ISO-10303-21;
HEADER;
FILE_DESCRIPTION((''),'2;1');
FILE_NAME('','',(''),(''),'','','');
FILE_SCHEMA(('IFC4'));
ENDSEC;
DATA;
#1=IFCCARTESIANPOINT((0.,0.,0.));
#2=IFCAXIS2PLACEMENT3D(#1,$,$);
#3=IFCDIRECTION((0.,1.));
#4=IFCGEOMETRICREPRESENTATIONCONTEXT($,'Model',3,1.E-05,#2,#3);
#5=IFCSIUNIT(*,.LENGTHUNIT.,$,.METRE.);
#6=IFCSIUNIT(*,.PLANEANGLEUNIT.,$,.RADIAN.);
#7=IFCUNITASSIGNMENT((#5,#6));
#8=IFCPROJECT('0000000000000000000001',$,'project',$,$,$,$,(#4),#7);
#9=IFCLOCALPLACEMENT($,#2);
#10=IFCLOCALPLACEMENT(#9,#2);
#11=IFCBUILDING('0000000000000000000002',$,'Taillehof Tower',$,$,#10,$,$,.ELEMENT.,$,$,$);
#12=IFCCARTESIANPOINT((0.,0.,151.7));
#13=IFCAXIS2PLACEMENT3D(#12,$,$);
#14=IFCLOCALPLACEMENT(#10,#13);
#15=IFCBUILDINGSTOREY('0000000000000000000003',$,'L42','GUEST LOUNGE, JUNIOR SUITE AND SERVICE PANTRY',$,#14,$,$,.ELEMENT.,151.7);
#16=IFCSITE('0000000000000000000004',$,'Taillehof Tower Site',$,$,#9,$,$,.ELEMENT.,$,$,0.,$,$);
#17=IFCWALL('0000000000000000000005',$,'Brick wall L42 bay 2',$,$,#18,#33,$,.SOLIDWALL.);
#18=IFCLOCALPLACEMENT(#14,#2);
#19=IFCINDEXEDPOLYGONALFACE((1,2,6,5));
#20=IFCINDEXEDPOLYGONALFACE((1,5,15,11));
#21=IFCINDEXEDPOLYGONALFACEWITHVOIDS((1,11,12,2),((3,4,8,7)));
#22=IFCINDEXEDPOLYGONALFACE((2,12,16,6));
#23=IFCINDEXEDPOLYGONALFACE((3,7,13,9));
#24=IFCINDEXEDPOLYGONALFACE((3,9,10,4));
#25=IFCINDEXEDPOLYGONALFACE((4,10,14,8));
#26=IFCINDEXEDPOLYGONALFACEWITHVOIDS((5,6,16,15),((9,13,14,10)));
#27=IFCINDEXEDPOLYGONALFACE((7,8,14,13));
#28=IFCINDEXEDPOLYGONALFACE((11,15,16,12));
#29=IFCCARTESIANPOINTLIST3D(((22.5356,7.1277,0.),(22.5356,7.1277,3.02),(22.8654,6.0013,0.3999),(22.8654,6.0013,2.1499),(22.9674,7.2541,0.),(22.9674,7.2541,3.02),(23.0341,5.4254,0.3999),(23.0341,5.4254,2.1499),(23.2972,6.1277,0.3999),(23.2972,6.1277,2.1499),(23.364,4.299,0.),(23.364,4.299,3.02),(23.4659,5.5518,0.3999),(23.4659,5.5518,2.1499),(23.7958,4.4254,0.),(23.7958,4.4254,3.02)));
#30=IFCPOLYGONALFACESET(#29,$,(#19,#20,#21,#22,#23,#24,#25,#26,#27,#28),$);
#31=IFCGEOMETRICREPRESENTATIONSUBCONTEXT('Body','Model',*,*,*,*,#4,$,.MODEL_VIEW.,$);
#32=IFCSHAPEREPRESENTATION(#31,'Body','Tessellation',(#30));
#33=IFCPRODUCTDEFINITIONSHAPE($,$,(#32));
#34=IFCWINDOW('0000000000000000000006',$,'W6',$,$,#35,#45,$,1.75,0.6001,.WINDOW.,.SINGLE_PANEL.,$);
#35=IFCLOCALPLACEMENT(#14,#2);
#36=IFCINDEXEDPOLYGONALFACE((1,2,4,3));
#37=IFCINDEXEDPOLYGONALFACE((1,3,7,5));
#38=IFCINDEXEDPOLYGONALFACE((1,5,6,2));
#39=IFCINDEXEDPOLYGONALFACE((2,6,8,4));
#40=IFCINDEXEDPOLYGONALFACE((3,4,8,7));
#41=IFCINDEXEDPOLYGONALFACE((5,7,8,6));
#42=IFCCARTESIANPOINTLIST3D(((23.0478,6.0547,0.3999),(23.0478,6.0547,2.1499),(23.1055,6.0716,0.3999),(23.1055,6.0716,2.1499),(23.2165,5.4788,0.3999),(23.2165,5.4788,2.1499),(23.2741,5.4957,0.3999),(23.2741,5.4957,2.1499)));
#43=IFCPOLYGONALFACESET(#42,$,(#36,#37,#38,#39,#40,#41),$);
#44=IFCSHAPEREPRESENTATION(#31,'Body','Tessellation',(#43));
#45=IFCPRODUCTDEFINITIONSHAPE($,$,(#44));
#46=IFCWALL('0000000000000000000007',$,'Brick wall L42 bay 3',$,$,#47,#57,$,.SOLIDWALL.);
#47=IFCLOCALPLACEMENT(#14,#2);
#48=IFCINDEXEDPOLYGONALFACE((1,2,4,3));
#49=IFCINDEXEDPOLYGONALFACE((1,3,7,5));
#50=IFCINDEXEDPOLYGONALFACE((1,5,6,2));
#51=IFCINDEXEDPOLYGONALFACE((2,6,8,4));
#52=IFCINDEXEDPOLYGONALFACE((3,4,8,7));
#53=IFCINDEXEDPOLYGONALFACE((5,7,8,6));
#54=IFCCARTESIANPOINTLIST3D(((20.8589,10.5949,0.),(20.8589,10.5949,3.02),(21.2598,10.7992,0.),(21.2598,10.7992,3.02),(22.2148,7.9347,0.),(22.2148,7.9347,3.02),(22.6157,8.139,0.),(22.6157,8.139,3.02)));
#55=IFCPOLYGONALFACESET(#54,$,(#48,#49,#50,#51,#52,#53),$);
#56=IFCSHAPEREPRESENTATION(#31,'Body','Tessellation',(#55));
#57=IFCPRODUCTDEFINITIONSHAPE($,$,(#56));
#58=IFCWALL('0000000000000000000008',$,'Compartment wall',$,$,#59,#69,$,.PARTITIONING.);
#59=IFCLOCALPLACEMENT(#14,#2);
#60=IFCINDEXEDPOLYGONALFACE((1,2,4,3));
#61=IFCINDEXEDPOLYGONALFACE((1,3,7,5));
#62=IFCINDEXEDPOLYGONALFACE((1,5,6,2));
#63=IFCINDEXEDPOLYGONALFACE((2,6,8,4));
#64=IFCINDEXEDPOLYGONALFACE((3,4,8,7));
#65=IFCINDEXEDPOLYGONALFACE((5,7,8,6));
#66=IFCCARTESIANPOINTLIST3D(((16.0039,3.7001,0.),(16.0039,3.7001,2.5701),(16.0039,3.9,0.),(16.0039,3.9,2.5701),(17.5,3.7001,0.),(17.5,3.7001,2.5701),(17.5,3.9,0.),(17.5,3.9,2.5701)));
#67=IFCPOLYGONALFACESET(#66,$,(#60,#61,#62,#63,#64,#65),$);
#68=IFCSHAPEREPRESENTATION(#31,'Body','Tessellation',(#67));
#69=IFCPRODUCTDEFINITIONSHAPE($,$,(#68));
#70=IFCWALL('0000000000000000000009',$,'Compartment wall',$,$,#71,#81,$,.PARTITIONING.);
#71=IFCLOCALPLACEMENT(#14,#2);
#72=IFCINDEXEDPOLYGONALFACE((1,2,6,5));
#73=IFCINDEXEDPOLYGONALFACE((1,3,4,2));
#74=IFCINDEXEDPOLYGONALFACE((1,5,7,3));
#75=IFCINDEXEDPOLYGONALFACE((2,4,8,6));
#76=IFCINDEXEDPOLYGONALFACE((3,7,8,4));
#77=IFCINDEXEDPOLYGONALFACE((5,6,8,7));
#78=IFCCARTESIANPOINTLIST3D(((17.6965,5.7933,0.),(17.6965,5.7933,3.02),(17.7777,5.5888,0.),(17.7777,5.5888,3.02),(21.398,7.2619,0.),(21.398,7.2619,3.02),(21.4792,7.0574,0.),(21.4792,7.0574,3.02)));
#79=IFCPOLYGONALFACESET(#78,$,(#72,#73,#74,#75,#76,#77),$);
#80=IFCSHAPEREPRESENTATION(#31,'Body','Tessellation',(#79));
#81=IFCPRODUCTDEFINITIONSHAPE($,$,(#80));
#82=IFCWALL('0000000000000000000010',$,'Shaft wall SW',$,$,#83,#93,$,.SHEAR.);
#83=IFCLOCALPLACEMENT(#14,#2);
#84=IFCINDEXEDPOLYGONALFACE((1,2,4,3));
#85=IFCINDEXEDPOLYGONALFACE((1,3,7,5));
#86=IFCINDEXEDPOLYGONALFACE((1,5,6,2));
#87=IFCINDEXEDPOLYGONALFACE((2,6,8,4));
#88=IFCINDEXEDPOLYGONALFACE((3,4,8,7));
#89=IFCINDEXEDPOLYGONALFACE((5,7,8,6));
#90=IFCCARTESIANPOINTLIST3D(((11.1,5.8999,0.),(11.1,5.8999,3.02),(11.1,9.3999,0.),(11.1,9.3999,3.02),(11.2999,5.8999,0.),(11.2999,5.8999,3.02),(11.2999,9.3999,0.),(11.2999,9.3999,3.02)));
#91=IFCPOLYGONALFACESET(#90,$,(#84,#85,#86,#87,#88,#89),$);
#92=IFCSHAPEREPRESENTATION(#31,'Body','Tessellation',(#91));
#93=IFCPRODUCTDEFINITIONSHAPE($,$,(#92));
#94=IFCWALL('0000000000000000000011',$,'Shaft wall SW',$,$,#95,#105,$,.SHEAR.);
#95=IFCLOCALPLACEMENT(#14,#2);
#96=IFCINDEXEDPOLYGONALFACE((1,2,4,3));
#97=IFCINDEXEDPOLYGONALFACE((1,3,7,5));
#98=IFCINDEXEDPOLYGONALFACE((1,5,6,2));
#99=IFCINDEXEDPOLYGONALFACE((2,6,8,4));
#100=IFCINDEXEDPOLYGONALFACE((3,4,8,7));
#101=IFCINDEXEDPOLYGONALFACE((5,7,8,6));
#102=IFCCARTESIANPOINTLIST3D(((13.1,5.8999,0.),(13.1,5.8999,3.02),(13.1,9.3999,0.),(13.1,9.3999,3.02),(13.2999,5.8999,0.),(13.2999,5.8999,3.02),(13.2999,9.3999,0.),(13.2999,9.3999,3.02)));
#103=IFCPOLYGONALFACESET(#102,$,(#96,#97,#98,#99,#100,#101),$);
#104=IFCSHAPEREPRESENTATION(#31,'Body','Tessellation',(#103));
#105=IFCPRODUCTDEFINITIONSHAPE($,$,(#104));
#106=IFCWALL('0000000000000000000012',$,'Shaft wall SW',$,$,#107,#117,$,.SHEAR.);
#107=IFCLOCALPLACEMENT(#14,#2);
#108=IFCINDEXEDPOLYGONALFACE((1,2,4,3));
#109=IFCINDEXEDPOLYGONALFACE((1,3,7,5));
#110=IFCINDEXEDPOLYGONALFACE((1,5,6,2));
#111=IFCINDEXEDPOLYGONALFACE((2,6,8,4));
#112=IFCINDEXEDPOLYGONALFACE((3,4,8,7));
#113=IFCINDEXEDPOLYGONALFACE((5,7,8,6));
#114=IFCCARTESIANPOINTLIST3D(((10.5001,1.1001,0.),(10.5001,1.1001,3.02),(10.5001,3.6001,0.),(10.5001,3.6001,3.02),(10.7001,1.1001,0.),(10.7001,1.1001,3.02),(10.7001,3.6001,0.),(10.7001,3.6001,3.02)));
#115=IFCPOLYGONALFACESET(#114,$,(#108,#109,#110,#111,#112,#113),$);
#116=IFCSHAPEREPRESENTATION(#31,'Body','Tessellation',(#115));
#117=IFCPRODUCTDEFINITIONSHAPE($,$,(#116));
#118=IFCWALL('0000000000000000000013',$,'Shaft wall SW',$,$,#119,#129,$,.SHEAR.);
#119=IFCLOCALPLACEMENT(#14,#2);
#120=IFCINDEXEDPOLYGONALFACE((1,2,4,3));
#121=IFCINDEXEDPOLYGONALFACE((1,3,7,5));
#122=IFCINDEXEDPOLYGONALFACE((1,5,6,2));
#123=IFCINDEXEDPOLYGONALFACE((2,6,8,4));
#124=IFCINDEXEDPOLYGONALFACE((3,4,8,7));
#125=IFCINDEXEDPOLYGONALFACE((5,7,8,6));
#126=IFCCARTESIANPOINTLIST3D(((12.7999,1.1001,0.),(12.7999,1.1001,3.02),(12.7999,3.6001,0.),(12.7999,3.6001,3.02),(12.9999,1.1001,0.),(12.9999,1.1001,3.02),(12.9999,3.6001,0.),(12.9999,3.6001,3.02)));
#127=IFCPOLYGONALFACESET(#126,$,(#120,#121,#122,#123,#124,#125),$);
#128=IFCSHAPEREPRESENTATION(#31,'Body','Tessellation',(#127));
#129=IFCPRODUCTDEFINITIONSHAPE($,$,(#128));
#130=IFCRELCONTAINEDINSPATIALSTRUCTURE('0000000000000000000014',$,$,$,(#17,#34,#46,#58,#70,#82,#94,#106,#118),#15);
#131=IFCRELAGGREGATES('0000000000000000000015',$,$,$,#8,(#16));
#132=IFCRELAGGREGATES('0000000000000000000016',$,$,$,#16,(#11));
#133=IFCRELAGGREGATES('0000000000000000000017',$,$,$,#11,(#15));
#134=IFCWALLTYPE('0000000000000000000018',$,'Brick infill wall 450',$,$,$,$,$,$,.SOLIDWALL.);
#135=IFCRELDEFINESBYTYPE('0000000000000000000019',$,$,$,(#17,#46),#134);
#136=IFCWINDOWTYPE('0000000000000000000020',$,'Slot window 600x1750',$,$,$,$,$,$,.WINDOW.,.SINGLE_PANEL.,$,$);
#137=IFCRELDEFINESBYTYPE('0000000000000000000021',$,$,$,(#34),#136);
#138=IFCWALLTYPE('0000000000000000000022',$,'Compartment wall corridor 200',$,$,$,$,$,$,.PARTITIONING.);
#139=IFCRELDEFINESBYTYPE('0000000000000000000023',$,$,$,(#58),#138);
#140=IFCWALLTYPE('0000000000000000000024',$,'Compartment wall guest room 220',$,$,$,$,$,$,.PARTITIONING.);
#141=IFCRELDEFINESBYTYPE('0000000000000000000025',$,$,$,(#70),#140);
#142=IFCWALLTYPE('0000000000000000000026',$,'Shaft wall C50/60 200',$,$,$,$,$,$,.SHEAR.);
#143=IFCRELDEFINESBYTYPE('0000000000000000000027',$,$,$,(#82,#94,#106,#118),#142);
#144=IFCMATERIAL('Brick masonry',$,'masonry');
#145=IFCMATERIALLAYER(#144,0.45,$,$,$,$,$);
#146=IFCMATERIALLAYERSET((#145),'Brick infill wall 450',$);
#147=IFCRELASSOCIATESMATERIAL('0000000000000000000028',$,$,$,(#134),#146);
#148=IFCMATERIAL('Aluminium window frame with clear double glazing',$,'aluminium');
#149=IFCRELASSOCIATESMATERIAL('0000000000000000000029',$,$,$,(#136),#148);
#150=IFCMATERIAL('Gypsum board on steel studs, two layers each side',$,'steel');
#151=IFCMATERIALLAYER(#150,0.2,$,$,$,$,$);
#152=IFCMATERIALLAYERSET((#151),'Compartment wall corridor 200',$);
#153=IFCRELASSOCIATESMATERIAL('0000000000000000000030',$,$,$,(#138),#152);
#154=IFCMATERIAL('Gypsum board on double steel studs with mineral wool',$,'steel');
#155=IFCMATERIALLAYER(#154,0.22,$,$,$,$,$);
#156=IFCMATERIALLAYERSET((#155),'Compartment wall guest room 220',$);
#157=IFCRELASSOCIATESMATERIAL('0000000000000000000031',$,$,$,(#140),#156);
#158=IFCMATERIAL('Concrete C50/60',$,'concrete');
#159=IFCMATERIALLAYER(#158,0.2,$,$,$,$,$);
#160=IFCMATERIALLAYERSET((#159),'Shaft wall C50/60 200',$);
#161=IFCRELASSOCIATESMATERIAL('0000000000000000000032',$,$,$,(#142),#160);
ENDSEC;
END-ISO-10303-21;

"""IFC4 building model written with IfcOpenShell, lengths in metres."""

from ifc_helpers import new_model, si_unit, direction, frame, frame_2d, origin, place, context, subcontext, project, spatial, rectangle, extrude, material, layer, layer_set, type_object, element, fill, save


model = new_model("IFC4")

# Units and contexts
model_context = context("Model", 3, precision=1e-05, world=origin(), true_north=direction((0.0, 1.0)))
body_context = subcontext(model_context, "Body", "Model", "MODEL_VIEW")
ifc_project = project(units=[si_unit("LENGTHUNIT", "METRE"), si_unit("PLANEANGLEUNIT", "RADIAN")], contexts=[model_context])

# Site, building, storey
site_placement = place(None, origin())
site = spatial("IfcSite", under=ifc_project, at=site_placement, Name="Taillehof Tower Site", CompositionType="ELEMENT", RefElevation=0.0)
building_placement = place(site_placement, origin())
building = spatial("IfcBuilding", under=site, at=building_placement, Name="Taillehof Tower", CompositionType="ELEMENT")
storey_placement = place(building_placement, frame((0.0, 0.0, 151.7)))
storey = spatial("IfcBuildingStorey", under=building, at=storey_placement, Name="L42", Description="GUEST LOUNGE, JUNIOR SUITE AND SERVICE PANTRY", CompositionType="ELEMENT", Elevation=151.7)

# Shared definitions
ifc_material_1 = material(Name="Brick masonry", Category="masonry")
ifc_layer_1 = layer(ifc_material_1, 0.45)
ifc_layer_set_1 = layer_set([ifc_layer_1], Name="Brick infill wall 450")
wall_type_1 = type_object("IfcWallType", Name="Brick infill wall 450", PredefinedType="SOLIDWALL", material=ifc_layer_set_1)

# Wall, opening, window
wall_1_placement = place(storey_placement, frame((23.5798, 4.3623, 0.0), z_axis=(0.0, 0.0, 1.0), x_axis=(-0.281049, 0.959693, 0.0)))
wall_1 = element("IfcWall", 1, at=wall_1_placement, inside=storey, type_object=wall_type_1, Name="Brick wall L42 bay 2", PredefinedType="SOLIDWALL", context=body_context, shape_type="SweptSolid", body=[
    extrude(rectangle(XDim=2.9475, YDim=0.45, at=frame_2d((1.4736, 0.0))), origin(), (0.0, 0.0, 1.0), 3.02),
])
opening_placement = place(wall_1_placement, frame((1.1736, 0.0, 0.3999)))
opening = element("IfcOpeningElement", 2, at=opening_placement, cuts=wall_1, PredefinedType="OPENING", context=body_context, shape_type="SweptSolid", body=[
    extrude(rectangle(XDim=0.6001, YDim=1.75, at=frame_2d((0.3, 0.875))), frame((0.0, 0.2349, 0.0), z_axis=(0.0, -1.0, 0.0), x_axis=(1.0, 0.0, 0.0)), (0.0, 0.0, 1.0), 0.47),
])
ifc_material_2 = material(Name="Aluminium window frame with clear double glazing", Category="aluminium")
window_type = type_object("IfcWindowType", Name="Slot window 600x1750", PartitioningType="SINGLE_PANEL", PredefinedType="WINDOW", material=ifc_material_2)
window_placement = place(opening_placement, origin())
window = element("IfcWindow", 3, at=window_placement, inside=storey, type_object=window_type, Name="W6", OverallHeight=1.75, OverallWidth=0.6001, PartitioningType="SINGLE_PANEL", PredefinedType="WINDOW", context=body_context, shape_type="SweptSolid", body=[
    extrude(rectangle(XDim=0.6001, YDim=1.75, at=frame_2d((0.3, 0.875))), frame((0.0, 0.0349, 0.0), z_axis=(0.0, -1.0, 0.0), x_axis=(1.0, 0.0, 0.0)), (0.0, 0.0, 1.0), 0.0601),
])
fill(opening, window)

# Walls
wall_2_placement = place(storey_placement, frame((22.4153, 8.0369, 0.0), z_axis=(0.0, 0.0, 1.0), x_axis=(-0.454134, 0.890933, 0.0)))
element("IfcWall", 4, at=wall_2_placement, inside=storey, type_object=wall_type_1, Name="Brick wall L42 bay 3", PredefinedType="SOLIDWALL", context=body_context, shape_type="SweptSolid", body=[
    extrude(rectangle(XDim=2.9858, YDim=0.45, at=frame_2d((1.4929, 0.0))), origin(), (0.0, 0.0, 1.0), 3.02),
])
ifc_material_3 = material(Name="Gypsum board on steel studs, two layers each side", Category="steel")
ifc_layer_2 = layer(ifc_material_3, 0.2)
ifc_layer_set_2 = layer_set([ifc_layer_2], Name="Compartment wall corridor 200")
wall_type_2 = type_object("IfcWallType", Name="Compartment wall corridor 200", PredefinedType="PARTITIONING", material=ifc_layer_set_2)
wall_3_placement = place(storey_placement, frame((17.5, 3.8, 0.0), z_axis=(0.0, 0.0, 1.0), x_axis=(-1.0, 0.0, 0.0)))
element("IfcWall", 5, at=wall_3_placement, inside=storey, type_object=wall_type_2, Name="Compartment wall", PredefinedType="PARTITIONING", context=body_context, shape_type="SweptSolid", body=[
    extrude(rectangle(XDim=1.4961, YDim=0.2, at=frame_2d((0.748, 0.0))), origin(), (0.0, 0.0, 1.0), 2.5701),
])
ifc_material_4 = material(Name="Gypsum board on double steel studs with mineral wool", Category="steel")
ifc_layer_3 = layer(ifc_material_4, 0.22)
ifc_layer_set_3 = layer_set([ifc_layer_3], Name="Compartment wall guest room 220")
wall_type_3 = type_object("IfcWallType", Name="Compartment wall guest room 220", PredefinedType="PARTITIONING", material=ifc_layer_set_3)
wall_4_placement = place(storey_placement, frame((21.4387, 7.1597, 0.0), z_axis=(0.0, 0.0, 1.0), x_axis=(-0.929517, -0.368778, 0.0)))
element("IfcWall", 6, at=wall_4_placement, inside=storey, type_object=wall_type_3, Name="Compartment wall", PredefinedType="PARTITIONING", context=body_context, shape_type="SweptSolid", body=[
    extrude(rectangle(XDim=3.9822, YDim=0.22, at=frame_2d((1.9912, 0.0))), origin(), (0.0, 0.0, 1.0), 3.02),
])
ifc_material_5 = material(Name="Concrete C50/60", Category="concrete")
ifc_layer_4 = layer(ifc_material_5, 0.2)
ifc_layer_set_4 = layer_set([ifc_layer_4], Name="Shaft wall C50/60 200")
wall_type_4 = type_object("IfcWallType", Name="Shaft wall C50/60 200", PredefinedType="SHEAR", material=ifc_layer_set_4)
for number, where, z_axis, x_axis, name in (
    (7, (11.2, 5.8999, 0.0), (0.0, 0.0, 1.0), (0.0, 1.0, 0.0), "Shaft wall SW"),
    (8, (13.2, 5.8999, 0.0), (0.0, 0.0, 1.0), (0.0, 1.0, 0.0), "Shaft wall SW"),
):
    element("IfcWall", number, at=place(storey_placement, frame(where, z_axis=z_axis, x_axis=x_axis)), inside=storey, type_object=wall_type_4, Name=name, PredefinedType="SHEAR", context=body_context, shape_type="SweptSolid", body=[
        extrude(rectangle(XDim=3.5, YDim=0.2, at=frame_2d((1.75, 0.0))), origin(), (0.0, 0.0, 1.0), 3.02),
    ])
for number, where, z_axis, x_axis, name in (
    (9, (10.6001, 1.1001, 0.0), (0.0, 0.0, 1.0), (0.0, 1.0, 0.0), "Shaft wall SW"),
    (10, (12.8999, 1.1001, 0.0), (0.0, 0.0, 1.0), (0.0, 1.0, 0.0), "Shaft wall SW"),
):
    element("IfcWall", number, at=place(storey_placement, frame(where, z_axis=z_axis, x_axis=x_axis)), inside=storey, type_object=wall_type_4, Name=name, PredefinedType="SHEAR", context=body_context, shape_type="SweptSolid", body=[
        extrude(rectangle(XDim=2.5, YDim=0.2, at=frame_2d((1.25, 0.0))), origin(), (0.0, 0.0, 1.0), 3.02),
    ])

save(model, "model.ifc")
